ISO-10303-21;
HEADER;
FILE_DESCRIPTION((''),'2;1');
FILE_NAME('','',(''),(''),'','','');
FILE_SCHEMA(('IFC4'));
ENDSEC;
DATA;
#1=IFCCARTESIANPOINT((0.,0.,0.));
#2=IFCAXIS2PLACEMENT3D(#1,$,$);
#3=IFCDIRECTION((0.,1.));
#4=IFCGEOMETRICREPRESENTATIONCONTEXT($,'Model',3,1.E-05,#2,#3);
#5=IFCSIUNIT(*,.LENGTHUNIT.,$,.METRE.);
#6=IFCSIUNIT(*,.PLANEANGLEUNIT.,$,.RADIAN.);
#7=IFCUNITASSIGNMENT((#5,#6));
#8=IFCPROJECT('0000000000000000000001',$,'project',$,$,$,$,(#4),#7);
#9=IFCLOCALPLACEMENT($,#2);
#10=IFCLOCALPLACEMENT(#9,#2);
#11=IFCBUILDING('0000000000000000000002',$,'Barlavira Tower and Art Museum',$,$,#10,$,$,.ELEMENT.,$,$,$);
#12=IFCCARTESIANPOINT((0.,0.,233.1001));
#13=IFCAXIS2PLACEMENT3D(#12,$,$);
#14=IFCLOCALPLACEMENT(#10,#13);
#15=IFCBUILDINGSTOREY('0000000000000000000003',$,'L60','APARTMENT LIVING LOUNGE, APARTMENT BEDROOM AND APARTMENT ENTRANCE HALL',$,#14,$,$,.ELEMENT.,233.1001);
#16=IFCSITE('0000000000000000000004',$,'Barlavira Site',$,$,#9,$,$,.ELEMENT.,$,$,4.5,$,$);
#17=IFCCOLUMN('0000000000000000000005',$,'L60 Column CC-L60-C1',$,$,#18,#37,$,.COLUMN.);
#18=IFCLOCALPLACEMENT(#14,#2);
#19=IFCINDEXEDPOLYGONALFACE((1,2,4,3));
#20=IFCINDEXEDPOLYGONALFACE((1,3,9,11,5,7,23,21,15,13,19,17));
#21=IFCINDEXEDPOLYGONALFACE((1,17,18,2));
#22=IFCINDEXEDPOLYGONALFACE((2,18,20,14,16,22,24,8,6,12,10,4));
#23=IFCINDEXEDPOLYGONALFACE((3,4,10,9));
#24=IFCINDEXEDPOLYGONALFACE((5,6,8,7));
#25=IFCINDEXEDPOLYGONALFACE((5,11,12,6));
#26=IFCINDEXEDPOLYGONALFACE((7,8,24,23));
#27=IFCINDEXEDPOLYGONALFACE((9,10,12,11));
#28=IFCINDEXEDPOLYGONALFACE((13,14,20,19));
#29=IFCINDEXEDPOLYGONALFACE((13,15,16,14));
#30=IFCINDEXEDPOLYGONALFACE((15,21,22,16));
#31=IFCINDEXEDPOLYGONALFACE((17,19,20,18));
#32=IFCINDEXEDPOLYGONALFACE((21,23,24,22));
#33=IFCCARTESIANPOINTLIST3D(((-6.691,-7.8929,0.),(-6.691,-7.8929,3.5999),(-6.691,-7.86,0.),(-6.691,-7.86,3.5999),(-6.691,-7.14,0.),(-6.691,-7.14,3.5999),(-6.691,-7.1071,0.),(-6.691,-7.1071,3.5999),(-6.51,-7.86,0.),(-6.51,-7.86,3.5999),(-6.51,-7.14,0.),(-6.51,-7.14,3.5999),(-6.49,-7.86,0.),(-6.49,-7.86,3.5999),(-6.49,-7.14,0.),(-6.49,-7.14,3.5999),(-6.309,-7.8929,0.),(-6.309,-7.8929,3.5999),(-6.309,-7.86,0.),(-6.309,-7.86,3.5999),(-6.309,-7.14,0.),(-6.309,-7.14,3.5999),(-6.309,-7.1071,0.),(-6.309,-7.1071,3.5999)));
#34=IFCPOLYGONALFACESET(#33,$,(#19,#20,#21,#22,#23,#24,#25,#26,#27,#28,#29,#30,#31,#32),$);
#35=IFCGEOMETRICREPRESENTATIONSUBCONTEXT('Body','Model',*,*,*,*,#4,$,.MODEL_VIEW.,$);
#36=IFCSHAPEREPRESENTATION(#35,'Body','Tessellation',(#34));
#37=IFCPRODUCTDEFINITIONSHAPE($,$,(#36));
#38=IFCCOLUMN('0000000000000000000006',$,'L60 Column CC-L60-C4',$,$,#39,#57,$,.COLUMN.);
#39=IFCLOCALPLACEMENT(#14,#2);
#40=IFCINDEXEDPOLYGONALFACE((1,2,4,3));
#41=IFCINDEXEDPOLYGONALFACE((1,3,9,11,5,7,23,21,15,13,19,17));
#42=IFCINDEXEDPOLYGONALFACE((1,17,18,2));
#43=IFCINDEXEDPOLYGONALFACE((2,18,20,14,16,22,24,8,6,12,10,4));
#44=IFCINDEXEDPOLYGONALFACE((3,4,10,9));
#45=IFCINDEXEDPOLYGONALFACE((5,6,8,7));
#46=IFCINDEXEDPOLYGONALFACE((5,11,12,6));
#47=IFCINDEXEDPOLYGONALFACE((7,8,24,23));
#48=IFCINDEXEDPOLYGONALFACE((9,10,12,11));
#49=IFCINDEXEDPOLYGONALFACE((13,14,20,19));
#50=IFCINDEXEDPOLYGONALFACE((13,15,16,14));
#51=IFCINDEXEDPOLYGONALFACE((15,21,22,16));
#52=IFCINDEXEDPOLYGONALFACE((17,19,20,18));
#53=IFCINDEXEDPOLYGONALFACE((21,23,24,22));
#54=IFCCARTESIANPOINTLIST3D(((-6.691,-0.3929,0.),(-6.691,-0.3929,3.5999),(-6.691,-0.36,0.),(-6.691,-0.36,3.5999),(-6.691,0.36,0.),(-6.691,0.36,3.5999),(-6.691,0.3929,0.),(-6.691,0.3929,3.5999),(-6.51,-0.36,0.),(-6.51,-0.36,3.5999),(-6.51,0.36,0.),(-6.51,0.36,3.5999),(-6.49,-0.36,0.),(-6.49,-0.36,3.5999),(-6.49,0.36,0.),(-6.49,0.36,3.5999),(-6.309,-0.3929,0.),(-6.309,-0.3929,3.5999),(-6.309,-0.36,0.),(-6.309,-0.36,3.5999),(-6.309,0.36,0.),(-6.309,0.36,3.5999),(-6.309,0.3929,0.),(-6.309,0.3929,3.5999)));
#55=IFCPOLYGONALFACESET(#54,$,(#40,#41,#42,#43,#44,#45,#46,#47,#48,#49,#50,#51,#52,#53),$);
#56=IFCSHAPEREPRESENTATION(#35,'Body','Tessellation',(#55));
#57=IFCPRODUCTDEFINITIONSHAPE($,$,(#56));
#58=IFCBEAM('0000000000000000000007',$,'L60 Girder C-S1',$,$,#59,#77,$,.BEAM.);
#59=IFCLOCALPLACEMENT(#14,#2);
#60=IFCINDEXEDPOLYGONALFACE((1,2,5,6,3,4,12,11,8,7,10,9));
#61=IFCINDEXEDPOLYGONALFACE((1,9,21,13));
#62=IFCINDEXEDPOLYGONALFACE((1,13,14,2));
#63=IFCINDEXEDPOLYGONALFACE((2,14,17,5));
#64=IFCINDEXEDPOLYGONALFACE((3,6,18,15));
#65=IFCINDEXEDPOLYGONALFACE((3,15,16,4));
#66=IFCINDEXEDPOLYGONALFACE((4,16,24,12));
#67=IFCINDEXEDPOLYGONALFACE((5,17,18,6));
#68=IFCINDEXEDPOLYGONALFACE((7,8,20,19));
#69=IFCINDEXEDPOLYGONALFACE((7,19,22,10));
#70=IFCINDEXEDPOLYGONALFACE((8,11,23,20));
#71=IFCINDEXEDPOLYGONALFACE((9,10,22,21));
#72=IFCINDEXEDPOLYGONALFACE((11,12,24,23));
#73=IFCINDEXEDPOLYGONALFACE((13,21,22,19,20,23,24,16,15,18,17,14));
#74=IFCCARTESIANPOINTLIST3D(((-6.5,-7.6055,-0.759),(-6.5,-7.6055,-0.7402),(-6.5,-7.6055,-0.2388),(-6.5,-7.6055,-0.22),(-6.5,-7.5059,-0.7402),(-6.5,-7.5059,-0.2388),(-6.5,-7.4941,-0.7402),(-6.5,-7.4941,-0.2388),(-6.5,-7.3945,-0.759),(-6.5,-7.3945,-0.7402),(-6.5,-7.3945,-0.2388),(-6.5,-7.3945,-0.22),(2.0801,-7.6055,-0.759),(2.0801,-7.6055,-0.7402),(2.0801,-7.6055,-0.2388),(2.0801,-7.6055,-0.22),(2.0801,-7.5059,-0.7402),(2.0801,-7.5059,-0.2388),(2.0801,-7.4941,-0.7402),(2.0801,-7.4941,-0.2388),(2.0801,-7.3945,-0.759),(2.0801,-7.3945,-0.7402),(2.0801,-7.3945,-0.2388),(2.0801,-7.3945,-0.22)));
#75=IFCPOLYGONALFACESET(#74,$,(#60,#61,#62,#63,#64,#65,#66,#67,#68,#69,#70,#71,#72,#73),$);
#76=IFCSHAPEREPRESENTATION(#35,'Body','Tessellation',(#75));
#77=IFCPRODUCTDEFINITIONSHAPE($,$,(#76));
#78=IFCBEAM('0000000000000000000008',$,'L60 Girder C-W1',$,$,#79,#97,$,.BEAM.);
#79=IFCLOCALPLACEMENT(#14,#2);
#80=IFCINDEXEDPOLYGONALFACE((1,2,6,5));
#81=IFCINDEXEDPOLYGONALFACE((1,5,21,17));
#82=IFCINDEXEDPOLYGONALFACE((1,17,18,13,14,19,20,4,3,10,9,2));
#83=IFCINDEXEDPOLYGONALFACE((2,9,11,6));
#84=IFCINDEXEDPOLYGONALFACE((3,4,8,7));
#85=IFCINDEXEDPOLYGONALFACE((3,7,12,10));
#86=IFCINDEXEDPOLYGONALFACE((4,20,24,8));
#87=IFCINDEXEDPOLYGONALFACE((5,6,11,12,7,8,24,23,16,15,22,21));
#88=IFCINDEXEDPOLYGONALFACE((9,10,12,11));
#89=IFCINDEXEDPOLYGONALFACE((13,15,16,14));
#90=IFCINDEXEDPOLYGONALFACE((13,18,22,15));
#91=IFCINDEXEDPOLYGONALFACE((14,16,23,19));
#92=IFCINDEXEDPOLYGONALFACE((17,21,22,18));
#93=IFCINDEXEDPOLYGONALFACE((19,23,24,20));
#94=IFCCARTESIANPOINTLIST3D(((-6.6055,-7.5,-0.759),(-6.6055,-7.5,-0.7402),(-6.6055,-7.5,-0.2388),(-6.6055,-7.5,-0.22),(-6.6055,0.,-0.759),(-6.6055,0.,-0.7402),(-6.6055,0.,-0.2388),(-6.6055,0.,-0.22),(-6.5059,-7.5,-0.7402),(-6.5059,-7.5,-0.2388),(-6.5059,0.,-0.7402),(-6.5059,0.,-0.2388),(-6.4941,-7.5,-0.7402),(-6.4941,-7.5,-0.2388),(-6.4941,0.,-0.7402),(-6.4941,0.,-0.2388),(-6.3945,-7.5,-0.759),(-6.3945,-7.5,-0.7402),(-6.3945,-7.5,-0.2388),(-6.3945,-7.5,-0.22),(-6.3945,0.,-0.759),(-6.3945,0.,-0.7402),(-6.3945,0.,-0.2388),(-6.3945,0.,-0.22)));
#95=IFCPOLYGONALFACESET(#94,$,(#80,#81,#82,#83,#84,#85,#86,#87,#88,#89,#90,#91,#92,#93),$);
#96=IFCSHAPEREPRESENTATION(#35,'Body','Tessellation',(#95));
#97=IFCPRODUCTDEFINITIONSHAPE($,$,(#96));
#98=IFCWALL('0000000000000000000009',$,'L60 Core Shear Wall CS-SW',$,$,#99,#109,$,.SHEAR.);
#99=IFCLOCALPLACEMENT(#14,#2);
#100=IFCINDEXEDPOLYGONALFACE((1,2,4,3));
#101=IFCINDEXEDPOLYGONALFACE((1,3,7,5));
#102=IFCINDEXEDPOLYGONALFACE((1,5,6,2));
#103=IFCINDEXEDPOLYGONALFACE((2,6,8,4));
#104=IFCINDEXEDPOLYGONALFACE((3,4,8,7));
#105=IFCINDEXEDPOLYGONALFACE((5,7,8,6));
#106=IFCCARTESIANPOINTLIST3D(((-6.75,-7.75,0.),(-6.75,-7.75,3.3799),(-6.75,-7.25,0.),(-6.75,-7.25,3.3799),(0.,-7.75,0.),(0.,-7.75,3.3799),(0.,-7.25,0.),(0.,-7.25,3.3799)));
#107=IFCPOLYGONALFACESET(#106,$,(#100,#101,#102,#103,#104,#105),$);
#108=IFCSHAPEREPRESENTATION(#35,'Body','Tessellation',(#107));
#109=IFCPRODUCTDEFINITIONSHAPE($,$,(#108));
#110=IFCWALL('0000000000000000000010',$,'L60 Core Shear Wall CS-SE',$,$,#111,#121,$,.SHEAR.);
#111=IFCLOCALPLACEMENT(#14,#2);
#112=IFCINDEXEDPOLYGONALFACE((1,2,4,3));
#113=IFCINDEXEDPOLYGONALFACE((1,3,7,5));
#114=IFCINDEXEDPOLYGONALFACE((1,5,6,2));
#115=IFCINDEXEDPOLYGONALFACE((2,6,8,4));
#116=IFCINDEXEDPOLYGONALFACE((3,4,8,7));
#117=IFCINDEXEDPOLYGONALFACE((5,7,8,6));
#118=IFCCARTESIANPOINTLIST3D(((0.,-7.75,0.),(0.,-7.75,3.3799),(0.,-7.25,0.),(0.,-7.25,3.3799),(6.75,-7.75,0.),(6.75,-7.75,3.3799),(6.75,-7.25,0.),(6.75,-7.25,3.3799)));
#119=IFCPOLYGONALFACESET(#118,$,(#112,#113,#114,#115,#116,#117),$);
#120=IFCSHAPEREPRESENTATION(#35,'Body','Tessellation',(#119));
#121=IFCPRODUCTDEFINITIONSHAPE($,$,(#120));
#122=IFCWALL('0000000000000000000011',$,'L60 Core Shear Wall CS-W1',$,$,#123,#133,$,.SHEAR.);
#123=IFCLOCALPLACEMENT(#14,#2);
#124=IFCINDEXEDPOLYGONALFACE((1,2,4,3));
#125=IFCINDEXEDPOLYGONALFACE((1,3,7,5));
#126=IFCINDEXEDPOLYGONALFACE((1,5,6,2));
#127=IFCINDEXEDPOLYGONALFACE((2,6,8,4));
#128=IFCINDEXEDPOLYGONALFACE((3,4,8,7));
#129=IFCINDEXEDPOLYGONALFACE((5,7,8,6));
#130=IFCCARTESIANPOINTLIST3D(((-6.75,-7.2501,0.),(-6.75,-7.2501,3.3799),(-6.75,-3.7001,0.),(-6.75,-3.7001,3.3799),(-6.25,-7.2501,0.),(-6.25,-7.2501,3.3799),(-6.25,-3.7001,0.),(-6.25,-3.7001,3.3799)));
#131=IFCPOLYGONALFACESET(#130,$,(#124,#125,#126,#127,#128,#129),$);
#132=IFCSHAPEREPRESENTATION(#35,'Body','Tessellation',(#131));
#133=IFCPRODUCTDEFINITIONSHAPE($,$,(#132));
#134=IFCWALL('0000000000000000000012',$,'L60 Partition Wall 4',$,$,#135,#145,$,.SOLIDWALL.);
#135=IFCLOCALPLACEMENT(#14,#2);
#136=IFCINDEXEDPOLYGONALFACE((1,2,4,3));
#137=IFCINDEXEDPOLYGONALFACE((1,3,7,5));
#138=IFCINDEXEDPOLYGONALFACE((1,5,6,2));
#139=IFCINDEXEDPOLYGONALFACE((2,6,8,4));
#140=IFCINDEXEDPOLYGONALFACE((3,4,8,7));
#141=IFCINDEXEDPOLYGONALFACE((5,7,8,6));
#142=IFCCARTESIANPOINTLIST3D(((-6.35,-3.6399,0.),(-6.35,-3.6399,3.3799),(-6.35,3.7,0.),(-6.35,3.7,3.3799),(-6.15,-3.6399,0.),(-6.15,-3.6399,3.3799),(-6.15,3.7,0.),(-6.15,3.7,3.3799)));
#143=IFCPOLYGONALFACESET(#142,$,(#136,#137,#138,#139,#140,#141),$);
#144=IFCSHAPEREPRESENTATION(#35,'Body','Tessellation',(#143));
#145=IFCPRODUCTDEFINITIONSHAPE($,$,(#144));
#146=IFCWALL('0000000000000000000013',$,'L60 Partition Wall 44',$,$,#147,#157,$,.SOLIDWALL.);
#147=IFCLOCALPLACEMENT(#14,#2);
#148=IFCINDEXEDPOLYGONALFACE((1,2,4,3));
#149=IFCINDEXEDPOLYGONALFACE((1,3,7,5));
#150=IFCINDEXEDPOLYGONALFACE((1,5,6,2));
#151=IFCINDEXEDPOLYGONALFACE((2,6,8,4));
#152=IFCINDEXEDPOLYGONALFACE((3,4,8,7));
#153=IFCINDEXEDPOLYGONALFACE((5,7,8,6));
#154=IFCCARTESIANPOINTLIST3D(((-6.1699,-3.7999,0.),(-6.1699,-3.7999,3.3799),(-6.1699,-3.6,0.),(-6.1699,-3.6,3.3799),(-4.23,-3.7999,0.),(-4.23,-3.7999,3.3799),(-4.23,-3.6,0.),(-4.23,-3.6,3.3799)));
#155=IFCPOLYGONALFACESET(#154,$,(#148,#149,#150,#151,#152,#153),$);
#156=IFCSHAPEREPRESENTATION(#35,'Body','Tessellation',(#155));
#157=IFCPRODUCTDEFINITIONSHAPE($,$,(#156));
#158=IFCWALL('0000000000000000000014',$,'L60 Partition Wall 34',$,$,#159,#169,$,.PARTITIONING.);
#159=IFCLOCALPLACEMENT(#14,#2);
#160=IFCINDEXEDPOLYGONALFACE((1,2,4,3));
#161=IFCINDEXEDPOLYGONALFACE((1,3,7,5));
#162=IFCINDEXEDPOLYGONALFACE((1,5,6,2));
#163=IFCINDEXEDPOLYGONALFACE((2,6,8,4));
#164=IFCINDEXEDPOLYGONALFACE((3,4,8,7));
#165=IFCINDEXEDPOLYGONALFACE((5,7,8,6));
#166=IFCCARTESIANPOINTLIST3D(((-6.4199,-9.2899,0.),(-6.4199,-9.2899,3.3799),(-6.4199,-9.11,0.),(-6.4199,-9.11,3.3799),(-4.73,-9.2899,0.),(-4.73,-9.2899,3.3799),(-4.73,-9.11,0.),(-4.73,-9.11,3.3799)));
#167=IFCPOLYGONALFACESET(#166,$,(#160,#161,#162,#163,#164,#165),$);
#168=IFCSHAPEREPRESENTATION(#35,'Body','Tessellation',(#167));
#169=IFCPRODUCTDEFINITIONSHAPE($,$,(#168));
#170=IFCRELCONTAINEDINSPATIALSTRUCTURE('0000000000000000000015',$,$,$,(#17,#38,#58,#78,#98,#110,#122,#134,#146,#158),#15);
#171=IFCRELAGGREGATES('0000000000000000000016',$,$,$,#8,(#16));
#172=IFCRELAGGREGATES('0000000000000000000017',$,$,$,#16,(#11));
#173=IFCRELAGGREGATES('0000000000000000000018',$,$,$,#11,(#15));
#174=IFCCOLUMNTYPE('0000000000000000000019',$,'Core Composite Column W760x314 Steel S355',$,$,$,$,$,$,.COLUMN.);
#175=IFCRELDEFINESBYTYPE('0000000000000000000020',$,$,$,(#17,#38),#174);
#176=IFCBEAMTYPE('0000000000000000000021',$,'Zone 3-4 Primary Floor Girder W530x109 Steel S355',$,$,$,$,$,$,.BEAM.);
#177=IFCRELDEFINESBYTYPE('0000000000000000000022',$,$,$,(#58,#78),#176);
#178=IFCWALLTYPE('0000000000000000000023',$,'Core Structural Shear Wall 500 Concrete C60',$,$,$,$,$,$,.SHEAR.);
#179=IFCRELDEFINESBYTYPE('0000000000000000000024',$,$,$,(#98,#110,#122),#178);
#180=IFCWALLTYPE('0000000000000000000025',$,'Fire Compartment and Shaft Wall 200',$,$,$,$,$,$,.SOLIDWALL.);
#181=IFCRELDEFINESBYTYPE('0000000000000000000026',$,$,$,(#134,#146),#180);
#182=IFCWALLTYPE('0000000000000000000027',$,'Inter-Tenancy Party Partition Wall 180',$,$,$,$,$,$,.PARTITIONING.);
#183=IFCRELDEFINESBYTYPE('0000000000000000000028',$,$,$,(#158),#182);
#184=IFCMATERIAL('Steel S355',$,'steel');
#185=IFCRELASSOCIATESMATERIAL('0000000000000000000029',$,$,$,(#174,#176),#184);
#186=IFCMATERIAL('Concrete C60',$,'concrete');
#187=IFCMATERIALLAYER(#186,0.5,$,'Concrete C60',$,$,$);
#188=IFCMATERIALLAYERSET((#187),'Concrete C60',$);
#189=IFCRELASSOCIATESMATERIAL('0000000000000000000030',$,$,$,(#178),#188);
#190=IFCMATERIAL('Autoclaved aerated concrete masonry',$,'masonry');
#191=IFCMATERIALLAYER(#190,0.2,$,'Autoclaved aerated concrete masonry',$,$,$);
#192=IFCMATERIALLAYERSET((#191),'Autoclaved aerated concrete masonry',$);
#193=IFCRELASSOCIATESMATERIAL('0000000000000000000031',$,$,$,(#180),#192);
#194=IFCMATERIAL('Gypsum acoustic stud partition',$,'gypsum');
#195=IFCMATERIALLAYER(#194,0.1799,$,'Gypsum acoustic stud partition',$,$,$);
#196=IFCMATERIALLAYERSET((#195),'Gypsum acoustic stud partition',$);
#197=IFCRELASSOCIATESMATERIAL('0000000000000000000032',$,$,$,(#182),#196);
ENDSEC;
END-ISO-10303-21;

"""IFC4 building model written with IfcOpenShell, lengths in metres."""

from ifc_helpers import new_model, si_unit, direction, frame, frame_2d, origin, origin_2d, place, context, subcontext, project, spatial, rectangle, i_section, extrude, material, layer, layer_set, material_profile, profile_set, type_object, element, save


model = new_model("IFC4")

# Units and contexts
model_context = context("Model", 3, precision=1e-05, world=origin(), true_north=direction((0.0, 1.0)))
body_context = subcontext(model_context, "Body", "Model", "MODEL_VIEW")
ifc_project = project(units=[si_unit("LENGTHUNIT", "METRE"), si_unit("PLANEANGLEUNIT", "RADIAN")], contexts=[model_context])

# Site, building, storey
site_placement = place(None, origin())
site = spatial("IfcSite", under=ifc_project, at=site_placement, Name="Barlavira Site", CompositionType="ELEMENT", RefElevation=4.5)
building_placement = place(site_placement, origin())
building = spatial("IfcBuilding", under=site, at=building_placement, Name="Barlavira Tower and Art Museum", CompositionType="ELEMENT")
storey_placement = place(building_placement, frame((0.0, 0.0, 233.1001)))
storey = spatial("IfcBuildingStorey", under=building, at=storey_placement, Name="L60", Description="APARTMENT LIVING LOUNGE, APARTMENT BEDROOM AND APARTMENT ENTRANCE HALL", CompositionType="ELEMENT", Elevation=233.1001)

# Columns
ifc_material_1 = material(Name="Steel S355", Category="steel")
ifc_material_profile_1 = material_profile(ifc_material_1, i_section(OverallWidth=0.3821, OverallDepth=0.7859, WebThickness=0.02, FlangeThickness=0.033, at=origin_2d()), Name="W760x314.0")
ifc_profile_set_1 = profile_set([ifc_material_profile_1], Name="Steel S355")
column_type = type_object("IfcColumnType", Name="Core Composite Column W760x314 Steel S355", PredefinedType="COLUMN", material=ifc_profile_set_1)
for number, where, z_axis, x_axis, name in (
    (1, (-6.5, -7.5, 0.0), (0.0, 0.0, 1.0), (1.0, 0.0, 0.0), "L60 Column CC-L60-C1"),
    (2, (-6.5, 0.0, 0.0), (0.0, 0.0, 1.0), (1.0, 0.0, 0.0), "L60 Column CC-L60-C4"),
):
    element("IfcColumn", number, at=place(storey_placement, frame(where, z_axis=z_axis, x_axis=x_axis)), inside=storey, type_object=column_type, Name=name, PredefinedType="COLUMN", context=body_context, shape_type="SweptSolid", body=[
        extrude(i_section(OverallWidth=0.3821, OverallDepth=0.7859, WebThickness=0.02, FlangeThickness=0.033, at=origin_2d()), origin(), (0.0, 0.0, 1.0), 3.5999),
    ])

# Beams
ifc_material_profile_2 = material_profile(ifc_material_1, i_section(OverallWidth=0.2109, OverallDepth=0.5391, WebThickness=0.0117, FlangeThickness=0.0188, at=origin_2d()), Name="W530x109.0")
ifc_profile_set_2 = profile_set([ifc_material_profile_2], Name="Steel S355")
beam_type = type_object("IfcBeamType", Name="Zone 3-4 Primary Floor Girder W530x109 Steel S355", PredefinedType="BEAM", material=ifc_profile_set_2)
beam_1_placement = place(storey_placement, frame((-6.5, -7.5, -0.4895), z_axis=(1.0, 0.0, 0.0), x_axis=(0.0, 1.0, 0.0)))
element("IfcBeam", 3, at=beam_1_placement, inside=storey, type_object=beam_type, Name="L60 Girder C-S1", PredefinedType="BEAM", context=body_context, shape_type="SweptSolid", body=[
    extrude(i_section(OverallWidth=0.2109, OverallDepth=0.5391, WebThickness=0.0117, FlangeThickness=0.0188, at=origin_2d()), origin(), (0.0, 0.0, 1.0), 8.5801),
])
beam_2_placement = place(storey_placement, frame((-6.5, -7.5, -0.4895), z_axis=(0.0, 1.0, 0.0), x_axis=(-1.0, 0.0, 0.0)))
element("IfcBeam", 4, at=beam_2_placement, inside=storey, type_object=beam_type, Name="L60 Girder C-W1", PredefinedType="BEAM", context=body_context, shape_type="SweptSolid", body=[
    extrude(i_section(OverallWidth=0.2109, OverallDepth=0.5391, WebThickness=0.0117, FlangeThickness=0.0188, at=origin_2d()), origin(), (0.0, 0.0, 1.0), 7.5),
])

# Walls
ifc_material_2 = material(Name="Concrete C60", Category="concrete")
ifc_layer_1 = layer(ifc_material_2, 0.5, Name="Concrete C60")
ifc_layer_set_1 = layer_set([ifc_layer_1], Name="Concrete C60")
wall_type_1 = type_object("IfcWallType", Name="Core Structural Shear Wall 500 Concrete C60", PredefinedType="SHEAR", material=ifc_layer_set_1)
for number, where, z_axis, x_axis, name in (
    (5, (-6.75, -7.5, 0.0), (0.0, 0.0, 1.0), (1.0, 0.0, 0.0), "L60 Core Shear Wall CS-SW"),
    (6, (0.0, -7.5, 0.0), (0.0, 0.0, 1.0), (1.0, 0.0, 0.0), "L60 Core Shear Wall CS-SE"),
):
    element("IfcWall", number, at=place(storey_placement, frame(where, z_axis=z_axis, x_axis=x_axis)), inside=storey, type_object=wall_type_1, Name=name, PredefinedType="SHEAR", context=body_context, shape_type="SweptSolid", body=[
        extrude(rectangle(XDim=6.75, YDim=0.5, at=frame_2d((3.375, 0.0))), origin(), (0.0, 0.0, 1.0), 3.3799),
    ])
wall_1_placement = place(storey_placement, frame((-6.5, -7.25, 0.0), z_axis=(0.0, 0.0, 1.0), x_axis=(0.0, 1.0, 0.0)))
element("IfcWall", 7, at=wall_1_placement, inside=storey, type_object=wall_type_1, Name="L60 Core Shear Wall CS-W1", PredefinedType="SHEAR", context=body_context, shape_type="SweptSolid", body=[
    extrude(rectangle(XDim=3.55, YDim=0.5, at=frame_2d((1.7749, 0.0))), origin(), (0.0, 0.0, 1.0), 3.3799),
])
ifc_material_3 = material(Name="Autoclaved aerated concrete masonry", Category="masonry")
ifc_layer_2 = layer(ifc_material_3, 0.2, Name="Autoclaved aerated concrete masonry")
ifc_layer_set_2 = layer_set([ifc_layer_2], Name="Autoclaved aerated concrete masonry")
wall_type_2 = type_object("IfcWallType", Name="Fire Compartment and Shaft Wall 200", PredefinedType="SOLIDWALL", material=ifc_layer_set_2)
wall_2_placement = place(storey_placement, frame((-6.25, -3.6399, 0.0), z_axis=(0.0, 0.0, 1.0), x_axis=(0.0, 1.0, 0.0)))
element("IfcWall", 8, at=wall_2_placement, inside=storey, type_object=wall_type_2, Name="L60 Partition Wall 4", PredefinedType="SOLIDWALL", context=body_context, shape_type="SweptSolid", body=[
    extrude(rectangle(XDim=7.3398, YDim=0.2, at=frame_2d((3.6699, 0.0))), origin(), (0.0, 0.0, 1.0), 3.3799),
])

# Wall
wall_3_placement = place(storey_placement, frame((-6.1699, -3.7, 0.0), z_axis=(0.0, 0.0, 1.0), x_axis=(1.0, 0.0, 0.0)))
element("IfcWall", 9, at=wall_3_placement, inside=storey, type_object=wall_type_2, Name="L60 Partition Wall 44", PredefinedType="SOLIDWALL", context=body_context, shape_type="SweptSolid", body=[
    extrude(rectangle(XDim=1.9399, YDim=0.2, at=frame_2d((0.97, 0.0))), origin(), (0.0, 0.0, 1.0), 3.3799),
])

# Shared definitions
ifc_material_4 = material(Name="Gypsum acoustic stud partition", Category="gypsum")
ifc_layer_3 = layer(ifc_material_4, 0.1799, Name="Gypsum acoustic stud partition")
ifc_layer_set_3 = layer_set([ifc_layer_3], Name="Gypsum acoustic stud partition")
wall_type_3 = type_object("IfcWallType", Name="Inter-Tenancy Party Partition Wall 180", PredefinedType="PARTITIONING", material=ifc_layer_set_3)

# Wall
wall_4_placement = place(storey_placement, frame((-6.4199, -9.2, 0.0), z_axis=(0.0, 0.0, 1.0), x_axis=(1.0, 0.0, 0.0)))
element("IfcWall", 10, at=wall_4_placement, inside=storey, type_object=wall_type_3, Name="L60 Partition Wall 34", PredefinedType="PARTITIONING", context=body_context, shape_type="SweptSolid", body=[
    extrude(rectangle(XDim=1.6899, YDim=0.1799, at=frame_2d((0.845, 0.0))), origin(), (0.0, 0.0, 1.0), 3.3799),
])

save(model, "model.ifc")
